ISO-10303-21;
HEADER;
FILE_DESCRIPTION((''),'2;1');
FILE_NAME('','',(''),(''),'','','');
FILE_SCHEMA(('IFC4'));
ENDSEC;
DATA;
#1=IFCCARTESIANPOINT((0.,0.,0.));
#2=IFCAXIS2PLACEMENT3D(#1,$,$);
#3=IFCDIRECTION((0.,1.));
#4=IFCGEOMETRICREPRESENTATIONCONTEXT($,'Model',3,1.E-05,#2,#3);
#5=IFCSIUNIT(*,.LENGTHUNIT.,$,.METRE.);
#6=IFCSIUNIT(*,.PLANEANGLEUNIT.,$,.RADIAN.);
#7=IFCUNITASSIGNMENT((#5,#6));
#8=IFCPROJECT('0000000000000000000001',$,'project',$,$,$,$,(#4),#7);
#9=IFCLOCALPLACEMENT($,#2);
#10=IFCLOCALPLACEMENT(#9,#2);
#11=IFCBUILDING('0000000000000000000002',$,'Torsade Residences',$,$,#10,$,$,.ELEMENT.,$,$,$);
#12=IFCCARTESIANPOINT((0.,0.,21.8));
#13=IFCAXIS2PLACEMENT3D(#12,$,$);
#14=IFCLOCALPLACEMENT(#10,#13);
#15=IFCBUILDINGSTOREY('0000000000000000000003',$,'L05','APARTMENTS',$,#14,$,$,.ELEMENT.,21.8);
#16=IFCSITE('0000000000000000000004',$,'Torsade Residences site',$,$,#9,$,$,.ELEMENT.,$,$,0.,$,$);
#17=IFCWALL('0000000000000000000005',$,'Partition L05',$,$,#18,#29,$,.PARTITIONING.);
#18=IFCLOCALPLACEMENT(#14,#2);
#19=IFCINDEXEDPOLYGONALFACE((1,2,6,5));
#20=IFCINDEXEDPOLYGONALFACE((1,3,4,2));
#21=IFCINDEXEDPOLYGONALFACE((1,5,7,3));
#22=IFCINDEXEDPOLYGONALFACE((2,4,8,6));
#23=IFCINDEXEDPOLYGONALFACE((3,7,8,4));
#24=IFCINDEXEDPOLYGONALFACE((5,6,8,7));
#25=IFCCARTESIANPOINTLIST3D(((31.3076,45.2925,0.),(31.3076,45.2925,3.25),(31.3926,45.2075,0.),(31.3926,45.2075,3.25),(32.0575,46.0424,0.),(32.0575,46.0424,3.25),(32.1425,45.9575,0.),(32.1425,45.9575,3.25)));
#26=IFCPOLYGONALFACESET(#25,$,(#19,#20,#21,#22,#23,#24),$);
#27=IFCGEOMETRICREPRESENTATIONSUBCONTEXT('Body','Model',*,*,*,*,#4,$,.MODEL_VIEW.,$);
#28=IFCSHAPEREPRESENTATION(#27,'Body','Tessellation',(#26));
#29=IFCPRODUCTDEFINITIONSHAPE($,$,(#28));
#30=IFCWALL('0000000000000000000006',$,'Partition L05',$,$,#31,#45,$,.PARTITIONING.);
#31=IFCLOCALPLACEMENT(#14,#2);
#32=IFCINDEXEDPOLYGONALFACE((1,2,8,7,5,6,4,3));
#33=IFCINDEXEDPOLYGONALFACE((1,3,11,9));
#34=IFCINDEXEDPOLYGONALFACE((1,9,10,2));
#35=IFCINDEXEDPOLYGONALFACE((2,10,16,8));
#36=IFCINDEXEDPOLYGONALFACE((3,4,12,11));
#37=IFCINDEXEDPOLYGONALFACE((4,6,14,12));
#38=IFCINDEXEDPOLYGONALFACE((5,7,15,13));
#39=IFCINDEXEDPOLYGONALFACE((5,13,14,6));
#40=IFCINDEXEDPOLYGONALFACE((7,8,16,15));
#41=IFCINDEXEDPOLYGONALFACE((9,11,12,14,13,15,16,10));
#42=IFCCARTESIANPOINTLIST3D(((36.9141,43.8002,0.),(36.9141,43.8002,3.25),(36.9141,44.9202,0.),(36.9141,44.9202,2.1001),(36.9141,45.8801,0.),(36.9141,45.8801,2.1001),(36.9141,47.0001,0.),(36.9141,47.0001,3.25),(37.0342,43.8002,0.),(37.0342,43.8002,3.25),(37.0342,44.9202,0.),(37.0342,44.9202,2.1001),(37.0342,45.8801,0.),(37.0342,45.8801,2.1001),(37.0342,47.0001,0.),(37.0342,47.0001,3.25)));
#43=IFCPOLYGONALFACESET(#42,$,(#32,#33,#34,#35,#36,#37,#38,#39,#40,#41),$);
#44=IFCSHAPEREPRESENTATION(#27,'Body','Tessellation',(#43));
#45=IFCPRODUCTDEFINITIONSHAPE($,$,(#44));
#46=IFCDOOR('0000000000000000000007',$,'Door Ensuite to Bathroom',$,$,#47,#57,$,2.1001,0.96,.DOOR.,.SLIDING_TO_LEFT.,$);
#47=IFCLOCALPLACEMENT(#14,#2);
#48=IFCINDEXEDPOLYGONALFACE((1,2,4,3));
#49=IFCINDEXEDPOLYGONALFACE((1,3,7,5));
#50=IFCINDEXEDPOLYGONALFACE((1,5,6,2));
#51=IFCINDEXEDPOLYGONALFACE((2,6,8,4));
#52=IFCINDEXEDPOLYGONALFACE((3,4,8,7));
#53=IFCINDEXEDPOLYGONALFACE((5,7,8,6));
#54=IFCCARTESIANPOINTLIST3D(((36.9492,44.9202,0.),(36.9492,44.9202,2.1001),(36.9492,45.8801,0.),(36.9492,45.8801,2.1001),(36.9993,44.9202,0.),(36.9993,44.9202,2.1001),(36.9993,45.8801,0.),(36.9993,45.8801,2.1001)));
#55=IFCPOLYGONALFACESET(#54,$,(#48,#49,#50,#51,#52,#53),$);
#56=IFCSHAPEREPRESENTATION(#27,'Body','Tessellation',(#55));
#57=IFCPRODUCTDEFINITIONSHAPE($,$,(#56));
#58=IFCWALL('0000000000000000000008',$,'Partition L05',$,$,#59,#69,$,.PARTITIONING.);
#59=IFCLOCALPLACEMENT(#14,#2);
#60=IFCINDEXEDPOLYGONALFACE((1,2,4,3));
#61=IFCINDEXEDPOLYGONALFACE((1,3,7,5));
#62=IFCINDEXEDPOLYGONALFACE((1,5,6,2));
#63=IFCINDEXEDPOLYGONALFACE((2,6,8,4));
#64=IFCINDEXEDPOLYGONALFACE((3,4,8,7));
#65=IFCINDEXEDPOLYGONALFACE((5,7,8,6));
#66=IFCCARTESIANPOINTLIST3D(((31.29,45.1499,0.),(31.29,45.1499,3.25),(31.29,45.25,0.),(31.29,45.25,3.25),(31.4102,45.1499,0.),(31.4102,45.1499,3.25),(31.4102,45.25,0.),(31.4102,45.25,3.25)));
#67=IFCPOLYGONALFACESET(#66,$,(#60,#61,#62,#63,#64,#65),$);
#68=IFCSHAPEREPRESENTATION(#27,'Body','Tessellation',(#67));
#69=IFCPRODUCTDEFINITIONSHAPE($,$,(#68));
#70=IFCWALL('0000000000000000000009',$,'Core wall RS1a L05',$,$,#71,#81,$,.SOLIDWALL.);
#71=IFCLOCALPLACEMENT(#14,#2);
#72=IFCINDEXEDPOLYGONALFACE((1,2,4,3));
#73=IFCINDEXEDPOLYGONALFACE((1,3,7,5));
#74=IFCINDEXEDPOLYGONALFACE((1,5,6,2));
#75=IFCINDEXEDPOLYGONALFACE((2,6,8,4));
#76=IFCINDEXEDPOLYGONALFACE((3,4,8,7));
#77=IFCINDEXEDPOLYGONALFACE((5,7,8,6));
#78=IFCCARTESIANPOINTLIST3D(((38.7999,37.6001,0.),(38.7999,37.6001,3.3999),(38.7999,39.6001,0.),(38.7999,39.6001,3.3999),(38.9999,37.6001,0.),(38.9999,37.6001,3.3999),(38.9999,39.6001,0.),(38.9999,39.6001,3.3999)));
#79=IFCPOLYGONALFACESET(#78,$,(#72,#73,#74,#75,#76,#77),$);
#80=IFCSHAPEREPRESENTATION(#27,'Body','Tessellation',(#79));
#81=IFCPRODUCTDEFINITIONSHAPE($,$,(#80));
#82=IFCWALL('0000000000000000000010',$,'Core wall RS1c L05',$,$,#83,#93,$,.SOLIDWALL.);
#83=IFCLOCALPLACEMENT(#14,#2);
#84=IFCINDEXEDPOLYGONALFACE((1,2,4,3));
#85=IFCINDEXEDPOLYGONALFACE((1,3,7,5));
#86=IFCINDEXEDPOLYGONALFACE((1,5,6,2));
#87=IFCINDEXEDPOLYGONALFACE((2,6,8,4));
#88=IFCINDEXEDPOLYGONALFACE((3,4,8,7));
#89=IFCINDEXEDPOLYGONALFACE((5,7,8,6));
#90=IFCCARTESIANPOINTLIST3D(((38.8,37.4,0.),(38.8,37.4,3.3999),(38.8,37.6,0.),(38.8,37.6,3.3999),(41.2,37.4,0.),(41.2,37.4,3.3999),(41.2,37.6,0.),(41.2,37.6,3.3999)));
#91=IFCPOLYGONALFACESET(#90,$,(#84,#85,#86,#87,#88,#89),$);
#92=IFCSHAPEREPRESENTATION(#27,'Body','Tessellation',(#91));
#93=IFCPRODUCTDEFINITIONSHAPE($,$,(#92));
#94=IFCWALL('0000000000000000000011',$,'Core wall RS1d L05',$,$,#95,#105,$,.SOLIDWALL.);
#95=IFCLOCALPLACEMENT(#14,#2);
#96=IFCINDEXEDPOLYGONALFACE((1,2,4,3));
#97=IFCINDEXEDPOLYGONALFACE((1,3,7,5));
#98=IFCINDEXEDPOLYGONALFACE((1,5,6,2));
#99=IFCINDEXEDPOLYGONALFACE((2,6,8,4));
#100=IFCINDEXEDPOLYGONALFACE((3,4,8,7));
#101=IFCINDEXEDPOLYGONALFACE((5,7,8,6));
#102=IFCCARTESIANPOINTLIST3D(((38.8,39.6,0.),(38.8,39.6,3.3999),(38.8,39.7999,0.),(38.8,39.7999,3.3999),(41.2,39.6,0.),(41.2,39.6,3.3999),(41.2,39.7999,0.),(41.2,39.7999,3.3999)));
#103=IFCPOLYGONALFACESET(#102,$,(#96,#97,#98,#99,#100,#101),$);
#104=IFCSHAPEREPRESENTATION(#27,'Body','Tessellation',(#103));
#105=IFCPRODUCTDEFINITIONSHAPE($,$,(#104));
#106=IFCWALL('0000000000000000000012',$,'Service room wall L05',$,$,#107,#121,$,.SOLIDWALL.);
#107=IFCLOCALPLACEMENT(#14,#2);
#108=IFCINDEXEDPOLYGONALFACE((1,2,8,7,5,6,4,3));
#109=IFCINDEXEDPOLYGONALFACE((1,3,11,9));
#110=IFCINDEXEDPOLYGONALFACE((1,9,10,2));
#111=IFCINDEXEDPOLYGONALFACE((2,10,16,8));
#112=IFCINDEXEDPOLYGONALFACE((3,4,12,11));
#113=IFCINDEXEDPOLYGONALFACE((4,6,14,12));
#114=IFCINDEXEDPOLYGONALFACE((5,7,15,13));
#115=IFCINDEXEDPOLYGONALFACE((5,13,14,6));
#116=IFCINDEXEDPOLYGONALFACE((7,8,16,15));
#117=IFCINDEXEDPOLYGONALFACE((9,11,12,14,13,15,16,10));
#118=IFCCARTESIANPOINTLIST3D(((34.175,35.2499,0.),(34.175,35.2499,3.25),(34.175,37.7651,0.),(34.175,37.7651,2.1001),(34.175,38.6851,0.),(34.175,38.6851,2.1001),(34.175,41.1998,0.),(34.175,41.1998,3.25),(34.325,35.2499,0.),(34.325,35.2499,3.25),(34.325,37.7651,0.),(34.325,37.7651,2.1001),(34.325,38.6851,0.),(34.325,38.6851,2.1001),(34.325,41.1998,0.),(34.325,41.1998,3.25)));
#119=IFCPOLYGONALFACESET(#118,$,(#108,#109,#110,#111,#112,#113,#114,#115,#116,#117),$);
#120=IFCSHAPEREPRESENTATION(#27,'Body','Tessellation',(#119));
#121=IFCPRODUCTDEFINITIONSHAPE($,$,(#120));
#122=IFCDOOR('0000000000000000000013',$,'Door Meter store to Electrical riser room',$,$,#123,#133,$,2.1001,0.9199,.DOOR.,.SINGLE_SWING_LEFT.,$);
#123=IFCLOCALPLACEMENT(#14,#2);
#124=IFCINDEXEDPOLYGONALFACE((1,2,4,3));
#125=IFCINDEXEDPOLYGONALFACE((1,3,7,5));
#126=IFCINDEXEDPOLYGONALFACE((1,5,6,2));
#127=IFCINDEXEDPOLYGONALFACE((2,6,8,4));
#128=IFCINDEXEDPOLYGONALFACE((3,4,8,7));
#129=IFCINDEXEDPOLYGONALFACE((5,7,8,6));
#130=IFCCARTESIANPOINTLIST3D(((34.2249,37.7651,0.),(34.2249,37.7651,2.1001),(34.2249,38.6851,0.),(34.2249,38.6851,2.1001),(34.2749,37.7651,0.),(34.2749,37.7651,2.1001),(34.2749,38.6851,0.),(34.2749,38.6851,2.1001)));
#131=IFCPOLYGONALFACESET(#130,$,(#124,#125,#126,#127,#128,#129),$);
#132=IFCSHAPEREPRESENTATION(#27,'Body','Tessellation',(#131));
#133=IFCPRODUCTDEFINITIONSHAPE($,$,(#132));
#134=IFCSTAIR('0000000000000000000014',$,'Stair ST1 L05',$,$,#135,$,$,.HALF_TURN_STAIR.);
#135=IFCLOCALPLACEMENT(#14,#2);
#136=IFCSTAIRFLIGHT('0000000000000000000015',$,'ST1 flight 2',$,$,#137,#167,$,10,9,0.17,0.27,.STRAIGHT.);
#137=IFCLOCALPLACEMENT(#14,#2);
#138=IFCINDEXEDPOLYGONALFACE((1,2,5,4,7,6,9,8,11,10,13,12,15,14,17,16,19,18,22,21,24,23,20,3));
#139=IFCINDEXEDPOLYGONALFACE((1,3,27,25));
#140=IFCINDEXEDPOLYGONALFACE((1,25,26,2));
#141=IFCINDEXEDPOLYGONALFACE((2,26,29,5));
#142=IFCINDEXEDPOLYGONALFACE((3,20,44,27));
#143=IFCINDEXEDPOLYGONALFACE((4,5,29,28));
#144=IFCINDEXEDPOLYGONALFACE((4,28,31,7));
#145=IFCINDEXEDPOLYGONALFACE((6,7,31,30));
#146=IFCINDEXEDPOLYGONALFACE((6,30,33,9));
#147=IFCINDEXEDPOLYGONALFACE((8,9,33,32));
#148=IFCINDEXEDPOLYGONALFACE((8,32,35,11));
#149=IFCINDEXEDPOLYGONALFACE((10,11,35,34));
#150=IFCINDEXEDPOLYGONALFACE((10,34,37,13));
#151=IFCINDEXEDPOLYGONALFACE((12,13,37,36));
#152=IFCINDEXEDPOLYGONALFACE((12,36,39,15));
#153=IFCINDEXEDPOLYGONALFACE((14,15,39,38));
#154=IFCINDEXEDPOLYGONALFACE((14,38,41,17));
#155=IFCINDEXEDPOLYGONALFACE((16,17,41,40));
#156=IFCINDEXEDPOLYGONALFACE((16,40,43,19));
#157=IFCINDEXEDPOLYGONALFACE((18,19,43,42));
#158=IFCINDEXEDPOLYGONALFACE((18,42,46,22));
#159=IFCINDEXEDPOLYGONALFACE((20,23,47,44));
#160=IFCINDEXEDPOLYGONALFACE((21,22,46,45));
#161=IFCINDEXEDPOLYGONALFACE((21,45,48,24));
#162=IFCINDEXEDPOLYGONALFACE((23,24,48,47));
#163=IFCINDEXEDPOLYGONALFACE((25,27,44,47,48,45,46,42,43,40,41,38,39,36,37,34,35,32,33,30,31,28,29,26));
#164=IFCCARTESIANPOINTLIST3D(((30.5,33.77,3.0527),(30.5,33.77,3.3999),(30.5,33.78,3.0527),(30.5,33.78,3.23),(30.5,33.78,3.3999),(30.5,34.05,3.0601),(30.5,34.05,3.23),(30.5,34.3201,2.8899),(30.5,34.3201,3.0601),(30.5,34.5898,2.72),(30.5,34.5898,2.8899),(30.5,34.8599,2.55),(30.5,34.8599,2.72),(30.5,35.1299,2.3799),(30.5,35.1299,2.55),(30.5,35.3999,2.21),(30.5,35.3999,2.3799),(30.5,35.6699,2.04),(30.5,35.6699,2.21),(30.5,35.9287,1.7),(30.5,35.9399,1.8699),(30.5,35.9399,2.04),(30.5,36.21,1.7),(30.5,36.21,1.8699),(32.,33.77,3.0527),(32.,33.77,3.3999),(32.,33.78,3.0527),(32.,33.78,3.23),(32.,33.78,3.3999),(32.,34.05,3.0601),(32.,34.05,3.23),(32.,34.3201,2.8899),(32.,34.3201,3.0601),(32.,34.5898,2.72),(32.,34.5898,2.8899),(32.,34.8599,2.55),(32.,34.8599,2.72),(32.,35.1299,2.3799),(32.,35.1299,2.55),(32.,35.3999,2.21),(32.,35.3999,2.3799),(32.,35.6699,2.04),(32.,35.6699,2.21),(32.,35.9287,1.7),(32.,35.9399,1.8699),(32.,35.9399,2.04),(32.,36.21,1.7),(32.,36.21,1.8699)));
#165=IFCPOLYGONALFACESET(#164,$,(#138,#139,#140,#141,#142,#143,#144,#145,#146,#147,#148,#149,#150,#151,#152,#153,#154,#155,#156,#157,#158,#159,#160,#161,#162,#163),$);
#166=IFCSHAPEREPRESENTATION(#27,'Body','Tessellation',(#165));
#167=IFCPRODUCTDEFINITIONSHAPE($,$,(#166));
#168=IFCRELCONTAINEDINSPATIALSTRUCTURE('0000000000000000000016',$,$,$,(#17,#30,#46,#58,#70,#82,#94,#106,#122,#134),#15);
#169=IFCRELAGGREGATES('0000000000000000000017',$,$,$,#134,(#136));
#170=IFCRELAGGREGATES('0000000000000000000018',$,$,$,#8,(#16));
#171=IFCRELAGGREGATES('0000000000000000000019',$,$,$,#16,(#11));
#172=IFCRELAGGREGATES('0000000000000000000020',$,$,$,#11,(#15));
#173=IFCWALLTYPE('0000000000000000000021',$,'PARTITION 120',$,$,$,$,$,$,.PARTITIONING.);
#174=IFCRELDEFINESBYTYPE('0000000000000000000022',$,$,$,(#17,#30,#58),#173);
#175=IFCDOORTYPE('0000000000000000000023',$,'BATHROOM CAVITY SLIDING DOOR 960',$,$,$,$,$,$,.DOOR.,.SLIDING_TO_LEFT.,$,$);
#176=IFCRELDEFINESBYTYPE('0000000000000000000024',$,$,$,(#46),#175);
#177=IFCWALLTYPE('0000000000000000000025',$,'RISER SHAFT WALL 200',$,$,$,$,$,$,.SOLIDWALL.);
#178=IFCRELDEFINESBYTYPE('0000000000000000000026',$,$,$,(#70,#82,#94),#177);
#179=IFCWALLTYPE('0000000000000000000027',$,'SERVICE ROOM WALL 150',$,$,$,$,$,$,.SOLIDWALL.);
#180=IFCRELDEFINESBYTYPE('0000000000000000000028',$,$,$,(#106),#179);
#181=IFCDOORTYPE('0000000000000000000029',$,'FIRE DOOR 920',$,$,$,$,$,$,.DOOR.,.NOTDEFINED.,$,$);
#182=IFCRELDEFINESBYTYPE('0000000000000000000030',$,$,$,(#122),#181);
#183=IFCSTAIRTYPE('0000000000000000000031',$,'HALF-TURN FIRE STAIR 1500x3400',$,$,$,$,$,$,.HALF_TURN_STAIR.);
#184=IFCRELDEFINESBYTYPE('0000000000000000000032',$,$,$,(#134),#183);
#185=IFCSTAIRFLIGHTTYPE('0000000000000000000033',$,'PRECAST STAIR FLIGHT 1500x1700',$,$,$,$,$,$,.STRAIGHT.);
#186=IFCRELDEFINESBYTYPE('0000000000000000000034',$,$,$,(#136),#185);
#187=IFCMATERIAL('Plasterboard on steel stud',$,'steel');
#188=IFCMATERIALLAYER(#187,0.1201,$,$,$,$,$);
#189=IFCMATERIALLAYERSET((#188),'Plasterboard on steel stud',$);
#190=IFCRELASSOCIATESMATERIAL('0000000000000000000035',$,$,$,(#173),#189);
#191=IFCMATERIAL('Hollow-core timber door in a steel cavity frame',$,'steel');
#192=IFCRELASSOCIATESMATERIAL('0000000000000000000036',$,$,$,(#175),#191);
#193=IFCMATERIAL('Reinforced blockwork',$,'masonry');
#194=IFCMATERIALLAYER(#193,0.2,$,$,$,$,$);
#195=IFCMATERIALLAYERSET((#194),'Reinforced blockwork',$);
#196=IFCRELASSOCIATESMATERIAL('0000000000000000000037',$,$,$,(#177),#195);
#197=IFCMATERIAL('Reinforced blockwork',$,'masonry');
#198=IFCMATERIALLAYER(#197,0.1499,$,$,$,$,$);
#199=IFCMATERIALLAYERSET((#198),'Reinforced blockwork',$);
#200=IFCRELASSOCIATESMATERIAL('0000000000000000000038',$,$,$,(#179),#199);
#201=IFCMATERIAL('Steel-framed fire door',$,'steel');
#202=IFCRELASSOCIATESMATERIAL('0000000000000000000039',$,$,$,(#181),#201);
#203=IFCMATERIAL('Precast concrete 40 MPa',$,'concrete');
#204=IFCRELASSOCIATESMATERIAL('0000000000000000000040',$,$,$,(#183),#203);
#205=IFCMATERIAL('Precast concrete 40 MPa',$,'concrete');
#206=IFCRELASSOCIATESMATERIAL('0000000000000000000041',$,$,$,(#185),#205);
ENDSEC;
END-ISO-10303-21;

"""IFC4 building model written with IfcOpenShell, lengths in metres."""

from ifc_helpers import new_model, si_unit, direction, frame, frame_2d, origin, place, context, subcontext, project, spatial, polyline, rectangle, outline, extrude, material, layer, layer_set, type_object, element, fill, aggregate, save


model = new_model("IFC4")

# Units and contexts
model_context = context("Model", 3, precision=1e-05, world=origin(), true_north=direction((0.0, 1.0)))
body_context = subcontext(model_context, "Body", "Model", "MODEL_VIEW")
ifc_project = project(units=[si_unit("LENGTHUNIT", "METRE"), si_unit("PLANEANGLEUNIT", "RADIAN")], contexts=[model_context])

# Site, building, storey
site_placement = place(None, origin())
site = spatial("IfcSite", under=ifc_project, at=site_placement, Name="Torsade Residences site", CompositionType="ELEMENT", RefElevation=0.0)
building_placement = place(site_placement, origin())
building = spatial("IfcBuilding", under=site, at=building_placement, Name="Torsade Residences", CompositionType="ELEMENT")
storey_placement = place(building_placement, frame((0.0, 0.0, 21.8)))
storey = spatial("IfcBuildingStorey", under=building, at=storey_placement, Name="L05", Description="APARTMENTS", CompositionType="ELEMENT", Elevation=21.8)

# Wall
ifc_material_1 = material(Name="Plasterboard on steel stud", Category="steel")
ifc_layer_1 = layer(ifc_material_1, 0.1201)
ifc_layer_set_1 = layer_set([ifc_layer_1], Name="Plasterboard on steel stud")
wall_type_1 = type_object("IfcWallType", Name="PARTITION 120", PredefinedType="PARTITIONING", material=ifc_layer_set_1)
wall_1_placement = place(storey_placement, frame((31.3501, 45.25, 0.0), z_axis=(0.0, 0.0, 1.0), x_axis=(0.707107, 0.707107, 0.0)))
element("IfcWall", 1, at=wall_1_placement, inside=storey, type_object=wall_type_1, Name="Partition L05", PredefinedType="PARTITIONING", context=body_context, shape_type="SweptSolid", body=[
    extrude(rectangle(XDim=1.0605, YDim=0.1201, at=frame_2d((0.5303, 0.0))), origin(), (0.0, 0.0, 1.0), 3.25),
])

# Wall, opening, door
wall_2_placement = place(storey_placement, frame((36.9741, 43.8, 0.0), z_axis=(0.0, 0.0, 1.0), x_axis=(0.0, 1.0, 0.0)))
wall_2 = element("IfcWall", 2, at=wall_2_placement, inside=storey, type_object=wall_type_1, Name="Partition L05", PredefinedType="PARTITIONING", context=body_context, shape_type="SweptSolid", body=[
    extrude(rectangle(XDim=3.2, YDim=0.1201, at=frame_2d((1.6001, 0.0))), origin(), (0.0, 0.0, 1.0), 3.25),
])
opening_1_placement = place(wall_2_placement, frame((1.1201, 0.0, 0.0)))
opening_1 = element("IfcOpeningElement", 3, at=opening_1_placement, cuts=wall_2, PredefinedType="OPENING", context=body_context, shape_type="SweptSolid", body=[
    extrude(rectangle(XDim=0.96, YDim=2.1001, at=frame_2d((0.48, 1.05))), frame((0.0, 0.0701, 0.0), z_axis=(0.0, -1.0, 0.0), x_axis=(1.0, 0.0, 0.0)), (0.0, 0.0, 1.0), 0.1401),
])
ifc_material_2 = material(Name="Hollow-core timber door in a steel cavity frame", Category="steel")
door_type_1 = type_object("IfcDoorType", Name="BATHROOM CAVITY SLIDING DOOR 960", OperationType="SLIDING_TO_LEFT", PredefinedType="DOOR", material=ifc_material_2)
door_1_placement = place(opening_1_placement, origin())
door_1 = element("IfcDoor", 4, at=door_1_placement, inside=storey, type_object=door_type_1, Name="Door Ensuite to Bathroom", OperationType="SLIDING_TO_LEFT", OverallHeight=2.1001, OverallWidth=0.96, PredefinedType="DOOR", context=body_context, shape_type="SweptSolid", body=[
    extrude(rectangle(XDim=0.96, YDim=2.1001, at=frame_2d((0.48, 1.05))), frame((0.0, 0.0249, 0.0), z_axis=(0.0, -1.0, 0.0), x_axis=(1.0, 0.0, 0.0)), (0.0, 0.0, 1.0), 0.05),
])
fill(opening_1, door_1)

# Walls
wall_3_placement = place(storey_placement, frame((31.3501, 45.1499, 0.0), z_axis=(0.0, 0.0, 1.0), x_axis=(0.0, 1.0, 0.0)))
element("IfcWall", 5, at=wall_3_placement, inside=storey, type_object=wall_type_1, Name="Partition L05", PredefinedType="PARTITIONING", context=body_context, shape_type="SweptSolid", body=[
    extrude(rectangle(XDim=0.1001, YDim=0.1201, at=frame_2d((0.05, 0.0))), origin(), (0.0, 0.0, 1.0), 3.25),
])
ifc_material_3 = material(Name="Reinforced blockwork", Category="masonry")
ifc_layer_2 = layer(ifc_material_3, 0.2)
ifc_layer_set_2 = layer_set([ifc_layer_2], Name="Reinforced blockwork")
wall_type_2 = type_object("IfcWallType", Name="RISER SHAFT WALL 200", PredefinedType="SOLIDWALL", material=ifc_layer_set_2)
wall_4_placement = place(storey_placement, frame((38.8999, 37.6001, 0.0), z_axis=(0.0, 0.0, 1.0), x_axis=(0.0, 1.0, 0.0)))
element("IfcWall", 6, at=wall_4_placement, inside=storey, type_object=wall_type_2, Name="Core wall RS1a L05", PredefinedType="SOLIDWALL", context=body_context, shape_type="SweptSolid", body=[
    extrude(rectangle(XDim=2.0, YDim=0.2, at=frame_2d((1.0, 0.0))), origin(), (0.0, 0.0, 1.0), 3.3999),
])
for number, where, z_axis, x_axis, name in (
    (7, (38.8, 37.5, 0.0), (0.0, 0.0, 1.0), (1.0, 0.0, 0.0), "Core wall RS1c L05"),
    (8, (38.8, 39.7, 0.0), (0.0, 0.0, 1.0), (1.0, 0.0, 0.0), "Core wall RS1d L05"),
):
    element("IfcWall", number, at=place(storey_placement, frame(where, z_axis=z_axis, x_axis=x_axis)), inside=storey, type_object=wall_type_2, Name=name, PredefinedType="SOLIDWALL", context=body_context, shape_type="SweptSolid", body=[
        extrude(rectangle(XDim=2.3999, YDim=0.2, at=frame_2d((1.2, 0.0))), origin(), (0.0, 0.0, 1.0), 3.3999),
    ])

# Wall, opening, door
ifc_material_4 = material(Name="Reinforced blockwork", Category="masonry")
ifc_layer_3 = layer(ifc_material_4, 0.1499)
ifc_layer_set_3 = layer_set([ifc_layer_3], Name="Reinforced blockwork")
wall_type_3 = type_object("IfcWallType", Name="SERVICE ROOM WALL 150", PredefinedType="SOLIDWALL", material=ifc_layer_set_3)
wall_5_placement = place(storey_placement, frame((34.25, 41.2, 0.0), z_axis=(0.0, 0.0, 1.0), x_axis=(0.0, -1.0, 0.0)))
wall_5 = element("IfcWall", 9, at=wall_5_placement, inside=storey, type_object=wall_type_3, Name="Service room wall L05", PredefinedType="SOLIDWALL", context=body_context, shape_type="SweptSolid", body=[
    extrude(rectangle(XDim=5.95, YDim=0.1499, at=frame_2d((2.9751, 0.0))), origin(), (0.0, 0.0, 1.0), 3.25),
])
opening_2_placement = place(wall_5_placement, frame((2.5149, 0.0, 0.0)))
opening_2 = element("IfcOpeningElement", 10, at=opening_2_placement, cuts=wall_5, PredefinedType="OPENING", context=body_context, shape_type="SweptSolid", body=[
    extrude(rectangle(XDim=0.9199, YDim=2.1001, at=frame_2d((0.46, 1.05))), frame((0.0, 0.085, 0.0), z_axis=(0.0, -1.0, 0.0), x_axis=(1.0, 0.0, 0.0)), (0.0, 0.0, 1.0), 0.1699),
])
ifc_material_5 = material(Name="Steel-framed fire door", Category="steel")
door_type_2 = type_object("IfcDoorType", Name="FIRE DOOR 920", OperationType="NOTDEFINED", PredefinedType="DOOR", material=ifc_material_5)
door_2_placement = place(opening_2_placement, origin())
door_2 = element("IfcDoor", 11, at=door_2_placement, inside=storey, type_object=door_type_2, Name="Door Meter store to Electrical riser room", OperationType="SINGLE_SWING_LEFT", OverallHeight=2.1001, OverallWidth=0.9199, PredefinedType="DOOR", context=body_context, shape_type="SweptSolid", body=[
    extrude(rectangle(XDim=0.9199, YDim=2.1001, at=frame_2d((0.46, 1.05))), frame((0.0, 0.0249, 0.0), z_axis=(0.0, -1.0, 0.0), x_axis=(1.0, 0.0, 0.0)), (0.0, 0.0, 1.0), 0.05),
])
fill(opening_2, door_2)

# Stair, stair flight
ifc_material_6 = material(Name="Precast concrete 40 MPa", Category="concrete")
stair_type = type_object("IfcStairType", Name="HALF-TURN FIRE STAIR 1500x3400", PredefinedType="HALF_TURN_STAIR", material=ifc_material_6)
stair_placement = place(storey_placement, origin())
stair = element("IfcStair", 12, at=stair_placement, inside=storey, type_object=stair_type, Name="Stair ST1 L05", PredefinedType="HALF_TURN_STAIR")
ifc_material_7 = material(Name="Precast concrete 40 MPa", Category="concrete")
stair_flight_type = type_object("IfcStairFlightType", Name="PRECAST STAIR FLIGHT 1500x1700", PredefinedType="STRAIGHT", material=ifc_material_7)
stair_flight_placement = place(storey_placement, frame((31.25, 36.21, 1.7), z_axis=(0.0, 0.0, 1.0), x_axis=(0.0, -1.0, 0.0)))
stair_flight = element("IfcStairFlight", 13, at=stair_flight_placement, type_object=stair_flight_type, Name="ST1 flight 2", NumberOfRisers=10, NumberOfTreads=9, PredefinedType="STRAIGHT", RiserHeight=0.17, TreadLength=0.27, context=body_context, shape_type="SweptSolid", body=[
    extrude(outline(polyline([(0.0, 0.0), (0.0, 0.1699), (0.27, 0.1699), (0.27, 0.3401), (0.54, 0.3401), (0.54, 0.51), (0.8101, 0.51), (0.8101, 0.6799), (1.0801, 0.6799), (1.0801, 0.8501), (1.3501, 0.8501), (1.3501, 1.02), (1.6201, 1.02), (1.6201, 1.1899), (1.8899, 1.1899), (1.8899, 1.3601), (2.1599, 1.3601), (2.1599, 1.53), (2.4299, 1.53), (2.4299, 1.7), (2.4399, 1.7), (2.4399, 1.3528), (2.4299, 1.3528), (0.2812, 0.0), (0.0, 0.0)])), frame((0.0, 0.75, 0.0), z_axis=(0.0, -1.0, 0.0), x_axis=(1.0, 0.0, 0.0)), (0.0, 0.0, 1.0), 1.5),
])
aggregate(stair, [stair_flight])

save(model, "model.ifc")
